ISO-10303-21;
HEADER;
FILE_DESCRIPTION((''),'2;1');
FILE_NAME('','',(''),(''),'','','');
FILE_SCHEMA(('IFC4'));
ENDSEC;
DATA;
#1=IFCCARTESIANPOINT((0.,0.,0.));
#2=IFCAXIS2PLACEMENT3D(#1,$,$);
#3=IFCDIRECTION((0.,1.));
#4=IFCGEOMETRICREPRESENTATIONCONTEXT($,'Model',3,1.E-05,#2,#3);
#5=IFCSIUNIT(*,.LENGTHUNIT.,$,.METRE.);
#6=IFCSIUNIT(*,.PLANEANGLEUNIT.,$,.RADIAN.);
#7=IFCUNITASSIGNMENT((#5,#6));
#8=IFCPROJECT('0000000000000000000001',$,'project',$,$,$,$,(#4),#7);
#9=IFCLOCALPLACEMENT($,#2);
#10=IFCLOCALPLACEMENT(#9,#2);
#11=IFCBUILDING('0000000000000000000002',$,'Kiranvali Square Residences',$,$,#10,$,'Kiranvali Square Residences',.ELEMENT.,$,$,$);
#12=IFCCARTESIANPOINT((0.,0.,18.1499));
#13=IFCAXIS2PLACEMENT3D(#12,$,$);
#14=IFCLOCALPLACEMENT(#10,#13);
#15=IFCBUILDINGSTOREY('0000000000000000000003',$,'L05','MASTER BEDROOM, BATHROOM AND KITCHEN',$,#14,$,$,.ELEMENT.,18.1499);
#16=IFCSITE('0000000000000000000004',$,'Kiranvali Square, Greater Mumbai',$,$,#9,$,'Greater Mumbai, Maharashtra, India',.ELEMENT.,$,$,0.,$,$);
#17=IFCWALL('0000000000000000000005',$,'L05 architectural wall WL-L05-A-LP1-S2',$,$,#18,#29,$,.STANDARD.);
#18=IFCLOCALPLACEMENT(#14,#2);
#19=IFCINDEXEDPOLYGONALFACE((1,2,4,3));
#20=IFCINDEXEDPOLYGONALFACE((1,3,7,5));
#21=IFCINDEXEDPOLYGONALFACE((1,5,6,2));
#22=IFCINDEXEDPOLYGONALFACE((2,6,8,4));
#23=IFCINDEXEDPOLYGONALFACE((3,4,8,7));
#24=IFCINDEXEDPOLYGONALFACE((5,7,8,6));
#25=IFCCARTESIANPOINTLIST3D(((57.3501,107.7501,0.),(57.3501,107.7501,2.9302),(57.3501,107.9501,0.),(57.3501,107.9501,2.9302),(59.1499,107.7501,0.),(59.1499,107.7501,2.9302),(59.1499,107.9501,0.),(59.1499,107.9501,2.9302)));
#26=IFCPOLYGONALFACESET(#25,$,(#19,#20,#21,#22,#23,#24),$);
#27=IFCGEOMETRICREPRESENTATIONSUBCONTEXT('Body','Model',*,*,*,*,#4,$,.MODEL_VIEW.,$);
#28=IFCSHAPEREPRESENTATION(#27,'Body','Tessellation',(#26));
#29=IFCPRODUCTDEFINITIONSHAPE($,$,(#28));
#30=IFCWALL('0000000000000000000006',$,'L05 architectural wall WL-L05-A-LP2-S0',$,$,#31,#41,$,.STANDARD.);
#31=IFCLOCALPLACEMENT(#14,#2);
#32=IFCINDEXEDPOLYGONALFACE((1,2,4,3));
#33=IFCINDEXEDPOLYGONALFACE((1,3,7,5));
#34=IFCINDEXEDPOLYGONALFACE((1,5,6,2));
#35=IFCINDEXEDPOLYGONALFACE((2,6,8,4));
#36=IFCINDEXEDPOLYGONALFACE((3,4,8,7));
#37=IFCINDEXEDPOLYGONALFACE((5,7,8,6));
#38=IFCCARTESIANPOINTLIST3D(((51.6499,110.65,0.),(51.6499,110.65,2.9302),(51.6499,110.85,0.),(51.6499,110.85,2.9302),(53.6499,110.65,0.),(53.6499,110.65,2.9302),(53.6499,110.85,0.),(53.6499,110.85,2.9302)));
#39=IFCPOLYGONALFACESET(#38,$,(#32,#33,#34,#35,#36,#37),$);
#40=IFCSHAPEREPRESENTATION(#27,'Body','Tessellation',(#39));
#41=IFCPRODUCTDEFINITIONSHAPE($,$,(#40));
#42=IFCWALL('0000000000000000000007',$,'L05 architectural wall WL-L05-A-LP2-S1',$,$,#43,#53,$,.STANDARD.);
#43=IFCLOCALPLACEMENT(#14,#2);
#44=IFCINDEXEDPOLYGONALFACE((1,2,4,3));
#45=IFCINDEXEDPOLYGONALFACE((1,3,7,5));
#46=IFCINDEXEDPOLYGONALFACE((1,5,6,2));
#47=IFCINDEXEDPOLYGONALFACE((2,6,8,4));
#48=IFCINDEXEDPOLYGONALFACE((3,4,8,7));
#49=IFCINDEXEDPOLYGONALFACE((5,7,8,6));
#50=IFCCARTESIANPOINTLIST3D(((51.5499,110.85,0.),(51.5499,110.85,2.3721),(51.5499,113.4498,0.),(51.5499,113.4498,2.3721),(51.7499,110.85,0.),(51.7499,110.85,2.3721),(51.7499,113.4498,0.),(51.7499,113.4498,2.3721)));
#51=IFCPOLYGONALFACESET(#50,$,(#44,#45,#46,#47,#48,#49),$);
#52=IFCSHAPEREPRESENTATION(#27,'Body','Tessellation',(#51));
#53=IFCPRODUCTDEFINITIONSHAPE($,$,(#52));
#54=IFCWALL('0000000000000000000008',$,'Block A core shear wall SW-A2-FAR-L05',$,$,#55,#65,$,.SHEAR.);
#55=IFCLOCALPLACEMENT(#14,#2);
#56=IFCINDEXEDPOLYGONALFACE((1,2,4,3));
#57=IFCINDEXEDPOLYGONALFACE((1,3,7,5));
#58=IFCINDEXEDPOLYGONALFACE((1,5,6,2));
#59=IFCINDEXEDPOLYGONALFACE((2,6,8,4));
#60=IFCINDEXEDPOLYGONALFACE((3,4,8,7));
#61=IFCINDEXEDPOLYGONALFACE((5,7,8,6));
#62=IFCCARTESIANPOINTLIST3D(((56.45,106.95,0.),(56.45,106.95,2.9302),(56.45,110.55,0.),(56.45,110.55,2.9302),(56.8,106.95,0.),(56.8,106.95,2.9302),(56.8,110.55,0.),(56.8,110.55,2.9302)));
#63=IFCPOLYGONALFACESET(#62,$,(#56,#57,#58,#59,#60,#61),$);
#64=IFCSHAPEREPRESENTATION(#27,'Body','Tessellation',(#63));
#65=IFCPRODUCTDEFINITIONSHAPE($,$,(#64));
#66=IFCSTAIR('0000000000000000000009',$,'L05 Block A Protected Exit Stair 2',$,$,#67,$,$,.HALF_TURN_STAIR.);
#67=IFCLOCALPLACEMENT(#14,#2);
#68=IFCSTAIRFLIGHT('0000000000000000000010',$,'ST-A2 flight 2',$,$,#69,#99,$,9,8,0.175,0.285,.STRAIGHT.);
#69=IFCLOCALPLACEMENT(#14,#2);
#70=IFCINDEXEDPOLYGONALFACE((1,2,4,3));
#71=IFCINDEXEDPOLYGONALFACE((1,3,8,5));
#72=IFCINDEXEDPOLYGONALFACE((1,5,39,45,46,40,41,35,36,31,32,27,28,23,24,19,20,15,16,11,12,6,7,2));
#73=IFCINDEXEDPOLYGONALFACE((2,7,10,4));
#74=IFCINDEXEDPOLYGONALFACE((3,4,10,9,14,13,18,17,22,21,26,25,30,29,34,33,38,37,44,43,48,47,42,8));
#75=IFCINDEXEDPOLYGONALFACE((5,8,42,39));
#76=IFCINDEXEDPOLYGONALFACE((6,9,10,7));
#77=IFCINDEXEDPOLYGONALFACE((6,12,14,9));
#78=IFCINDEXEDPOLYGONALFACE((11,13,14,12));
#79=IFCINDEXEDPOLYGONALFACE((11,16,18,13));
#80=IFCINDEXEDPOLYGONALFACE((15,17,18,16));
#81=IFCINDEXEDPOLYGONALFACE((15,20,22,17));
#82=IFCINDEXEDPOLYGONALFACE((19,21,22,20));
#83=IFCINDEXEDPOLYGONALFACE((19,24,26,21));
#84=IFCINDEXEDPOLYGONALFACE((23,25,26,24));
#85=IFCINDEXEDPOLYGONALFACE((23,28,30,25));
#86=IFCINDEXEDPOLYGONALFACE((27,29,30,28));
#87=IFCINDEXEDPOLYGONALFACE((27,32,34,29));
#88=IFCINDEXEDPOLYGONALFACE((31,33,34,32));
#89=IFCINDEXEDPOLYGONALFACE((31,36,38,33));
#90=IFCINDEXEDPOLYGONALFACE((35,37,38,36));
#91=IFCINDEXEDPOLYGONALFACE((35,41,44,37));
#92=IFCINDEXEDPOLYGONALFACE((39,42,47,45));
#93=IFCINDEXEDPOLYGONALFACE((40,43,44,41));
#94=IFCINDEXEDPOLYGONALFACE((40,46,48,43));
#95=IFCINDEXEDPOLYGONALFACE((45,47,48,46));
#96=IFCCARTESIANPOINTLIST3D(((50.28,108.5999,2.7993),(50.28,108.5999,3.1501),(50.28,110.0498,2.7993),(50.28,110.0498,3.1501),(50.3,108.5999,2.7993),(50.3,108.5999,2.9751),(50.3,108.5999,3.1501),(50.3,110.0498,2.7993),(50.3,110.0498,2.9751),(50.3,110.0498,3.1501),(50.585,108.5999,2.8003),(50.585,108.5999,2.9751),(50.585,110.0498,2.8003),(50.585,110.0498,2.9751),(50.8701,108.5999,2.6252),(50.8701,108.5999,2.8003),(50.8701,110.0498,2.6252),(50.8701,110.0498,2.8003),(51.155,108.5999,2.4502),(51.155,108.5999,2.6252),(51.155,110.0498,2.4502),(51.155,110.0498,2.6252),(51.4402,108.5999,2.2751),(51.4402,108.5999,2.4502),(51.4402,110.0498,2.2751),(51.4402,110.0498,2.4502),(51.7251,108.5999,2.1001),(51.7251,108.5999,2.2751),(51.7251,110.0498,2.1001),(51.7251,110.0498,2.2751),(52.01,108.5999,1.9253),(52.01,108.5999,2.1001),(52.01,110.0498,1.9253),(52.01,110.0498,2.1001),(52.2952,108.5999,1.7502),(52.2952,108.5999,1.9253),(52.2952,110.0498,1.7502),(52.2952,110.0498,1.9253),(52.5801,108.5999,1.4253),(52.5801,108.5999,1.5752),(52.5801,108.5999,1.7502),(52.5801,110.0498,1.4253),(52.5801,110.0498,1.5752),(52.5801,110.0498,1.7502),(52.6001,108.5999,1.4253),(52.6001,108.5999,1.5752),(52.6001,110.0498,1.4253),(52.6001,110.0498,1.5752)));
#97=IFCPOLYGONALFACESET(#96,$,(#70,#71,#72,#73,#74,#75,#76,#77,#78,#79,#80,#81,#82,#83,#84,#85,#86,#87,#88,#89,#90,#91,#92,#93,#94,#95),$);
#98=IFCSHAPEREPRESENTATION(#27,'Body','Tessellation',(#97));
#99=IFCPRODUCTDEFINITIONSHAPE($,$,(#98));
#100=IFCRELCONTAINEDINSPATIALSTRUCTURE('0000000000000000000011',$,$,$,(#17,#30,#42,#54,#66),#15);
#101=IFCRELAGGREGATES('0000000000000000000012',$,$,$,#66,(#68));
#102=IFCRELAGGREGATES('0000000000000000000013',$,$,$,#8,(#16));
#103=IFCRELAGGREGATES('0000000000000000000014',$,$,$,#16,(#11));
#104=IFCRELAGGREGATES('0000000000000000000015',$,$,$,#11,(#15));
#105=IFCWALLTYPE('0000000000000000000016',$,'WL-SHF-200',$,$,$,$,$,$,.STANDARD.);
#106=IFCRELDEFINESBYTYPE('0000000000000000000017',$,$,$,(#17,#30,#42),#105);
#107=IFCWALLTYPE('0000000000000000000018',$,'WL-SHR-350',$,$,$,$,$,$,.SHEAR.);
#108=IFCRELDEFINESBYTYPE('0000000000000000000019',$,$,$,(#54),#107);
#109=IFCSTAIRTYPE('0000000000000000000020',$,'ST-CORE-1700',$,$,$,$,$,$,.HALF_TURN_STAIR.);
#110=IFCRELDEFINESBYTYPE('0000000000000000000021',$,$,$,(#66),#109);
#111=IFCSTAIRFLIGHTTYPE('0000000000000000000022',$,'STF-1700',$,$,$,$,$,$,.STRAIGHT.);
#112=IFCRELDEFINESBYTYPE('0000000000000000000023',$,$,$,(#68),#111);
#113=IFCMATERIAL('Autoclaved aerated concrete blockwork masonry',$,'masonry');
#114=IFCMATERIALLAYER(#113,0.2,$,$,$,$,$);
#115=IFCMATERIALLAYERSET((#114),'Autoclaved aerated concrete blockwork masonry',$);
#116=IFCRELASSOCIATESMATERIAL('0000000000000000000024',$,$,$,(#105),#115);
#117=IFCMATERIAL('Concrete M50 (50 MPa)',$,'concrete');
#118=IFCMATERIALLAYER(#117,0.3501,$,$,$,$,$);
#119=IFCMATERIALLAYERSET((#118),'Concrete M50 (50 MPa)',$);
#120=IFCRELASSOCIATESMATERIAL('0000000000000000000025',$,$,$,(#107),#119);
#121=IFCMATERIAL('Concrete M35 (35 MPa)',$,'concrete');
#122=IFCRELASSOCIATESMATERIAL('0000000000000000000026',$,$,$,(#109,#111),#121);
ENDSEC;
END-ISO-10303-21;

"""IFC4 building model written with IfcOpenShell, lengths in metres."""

from ifc_helpers import new_model, si_unit, direction, frame, frame_2d, origin, place, context, subcontext, project, spatial, polyline, rectangle, outline, extrude, material, layer, layer_set, type_object, element, aggregate, save


model = new_model("IFC4")

# Units and contexts
model_context = context("Model", 3, precision=1e-05, world=origin(), true_north=direction((0.0, 1.0)))
body_context = subcontext(model_context, "Body", "Model", "MODEL_VIEW")
ifc_project = project(units=[si_unit("LENGTHUNIT", "METRE"), si_unit("PLANEANGLEUNIT", "RADIAN")], contexts=[model_context])

# Site, building, storey
site_placement = place(None, origin())
site = spatial("IfcSite", under=ifc_project, at=site_placement, Name="Kiranvali Square, Greater Mumbai", LongName="Greater Mumbai, Maharashtra, India", CompositionType="ELEMENT", RefElevation=0.0)
building_placement = place(site_placement, origin())
building = spatial("IfcBuilding", under=site, at=building_placement, Name="Kiranvali Square Residences", LongName="Kiranvali Square Residences", CompositionType="ELEMENT")
storey_placement = place(building_placement, frame((0.0, 0.0, 18.1499)))
storey = spatial("IfcBuildingStorey", under=building, at=storey_placement, Name="L05", Description="MASTER BEDROOM, BATHROOM AND KITCHEN", CompositionType="ELEMENT", Elevation=18.1499)

# Wall
ifc_material_1 = material(Name="Autoclaved aerated concrete blockwork masonry", Category="masonry")
ifc_layer_1 = layer(ifc_material_1, 0.2)
ifc_layer_set_1 = layer_set([ifc_layer_1], Name="Autoclaved aerated concrete blockwork masonry")
wall_type_1 = type_object("IfcWallType", Name="WL-SHF-200", PredefinedType="STANDARD", material=ifc_layer_set_1)
wall_1_placement = place(storey_placement, frame((57.3501, 107.8501, 0.0), z_axis=(0.0, 0.0, 1.0), x_axis=(1.0, 0.0, 0.0)))
element("IfcWall", 1, at=wall_1_placement, inside=storey, type_object=wall_type_1, Name="L05 architectural wall WL-L05-A-LP1-S2", PredefinedType="STANDARD", context=body_context, shape_type="SweptSolid", body=[
    extrude(rectangle(XDim=1.7998, YDim=0.2, at=frame_2d((0.8999, 0.0))), origin(), (0.0, 0.0, 1.0), 2.9302),
])

# Walls
wall_2_placement = place(storey_placement, frame((51.6499, 110.75, 0.0), z_axis=(0.0, 0.0, 1.0), x_axis=(1.0, 0.0, 0.0)))
element("IfcWall", 2, at=wall_2_placement, inside=storey, type_object=wall_type_1, Name="L05 architectural wall WL-L05-A-LP2-S0", PredefinedType="STANDARD", context=body_context, shape_type="SweptSolid", body=[
    extrude(rectangle(XDim=2.0, YDim=0.2, at=frame_2d((1.0, 0.0))), origin(), (0.0, 0.0, 1.0), 2.9302),
])
wall_3_placement = place(storey_placement, frame((51.6499, 110.8501, 0.0), z_axis=(0.0, 0.0, 1.0), x_axis=(0.0, 1.0, 0.0)))
element("IfcWall", 3, at=wall_3_placement, inside=storey, type_object=wall_type_1, Name="L05 architectural wall WL-L05-A-LP2-S1", PredefinedType="STANDARD", context=body_context, shape_type="SweptSolid", body=[
    extrude(rectangle(XDim=2.5999, YDim=0.2, at=frame_2d((1.2998, 0.0))), origin(), (0.0, 0.0, 1.0), 2.3721),
])

# Wall
ifc_material_2 = material(Name="Concrete M50 (50 MPa)", Category="concrete")
ifc_layer_2 = layer(ifc_material_2, 0.3501)
ifc_layer_set_2 = layer_set([ifc_layer_2], Name="Concrete M50 (50 MPa)")
wall_type_2 = type_object("IfcWallType", Name="WL-SHR-350", PredefinedType="SHEAR", material=ifc_layer_set_2)
wall_4_placement = place(storey_placement, frame((56.625, 106.95, 0.0), z_axis=(0.0, 0.0, 1.0), x_axis=(0.0, 1.0, 0.0)))
element("IfcWall", 4, at=wall_4_placement, inside=storey, type_object=wall_type_2, Name="Block A core shear wall SW-A2-FAR-L05", PredefinedType="SHEAR", context=body_context, shape_type="SweptSolid", body=[
    extrude(rectangle(XDim=3.6001, YDim=0.3501, at=frame_2d((1.8, 0.0))), origin(), (0.0, 0.0, 1.0), 2.9302),
])

# Stair, stair flight
ifc_material_3 = material(Name="Concrete M35 (35 MPa)", Category="concrete")
stair_type = type_object("IfcStairType", Name="ST-CORE-1700", PredefinedType="HALF_TURN_STAIR", material=ifc_material_3)
stair_placement = place(storey_placement, origin())
stair = element("IfcStair", 5, at=stair_placement, inside=storey, type_object=stair_type, Name="L05 Block A Protected Exit Stair 2", PredefinedType="HALF_TURN_STAIR")
stair_flight_type = type_object("IfcStairFlightType", Name="STF-1700", PredefinedType="STRAIGHT", material=ifc_material_3)
stair_flight_placement = place(storey_placement, frame((52.5801, 109.325, 1.5752), z_axis=(0.0, 0.0, 1.0), x_axis=(-1.0, 0.0, 0.0)))
stair_flight = element("IfcStairFlight", 6, at=stair_flight_placement, type_object=stair_flight_type, Name="ST-A2 flight 2", NumberOfRisers=9, NumberOfTreads=8, PredefinedType="STRAIGHT", RiserHeight=0.175, TreadLength=0.285, context=body_context, shape_type="SweptSolid", body=[
    extrude(outline(polyline([(-0.02, -0.1499), (-0.02, 0.0), (0.0, 0.0), (0.0, 0.175), (0.2849, 0.175), (0.2849, 0.3501), (0.5701, 0.3501), (0.5701, 0.5249), (0.855, 0.5249), (0.855, 0.7), (1.1399, 0.7), (1.1399, 0.875), (1.425, 0.875), (1.425, 1.05), (1.71, 1.05), (1.71, 1.2251), (1.9951, 1.2251), (1.9951, 1.3999), (2.28, 1.3999), (2.28, 1.575), (2.3, 1.575), (2.3, 1.2241), (2.28, 1.2241), (0.0, -0.1499), (-0.02, -0.1499)])), frame((0.0, 0.7251, 0.0), z_axis=(0.0, -1.0, 0.0), x_axis=(1.0, 0.0, 0.0)), (0.0, 0.0, 1.0), 1.45),
])
aggregate(stair, [stair_flight])

save(model, "model.ifc")
